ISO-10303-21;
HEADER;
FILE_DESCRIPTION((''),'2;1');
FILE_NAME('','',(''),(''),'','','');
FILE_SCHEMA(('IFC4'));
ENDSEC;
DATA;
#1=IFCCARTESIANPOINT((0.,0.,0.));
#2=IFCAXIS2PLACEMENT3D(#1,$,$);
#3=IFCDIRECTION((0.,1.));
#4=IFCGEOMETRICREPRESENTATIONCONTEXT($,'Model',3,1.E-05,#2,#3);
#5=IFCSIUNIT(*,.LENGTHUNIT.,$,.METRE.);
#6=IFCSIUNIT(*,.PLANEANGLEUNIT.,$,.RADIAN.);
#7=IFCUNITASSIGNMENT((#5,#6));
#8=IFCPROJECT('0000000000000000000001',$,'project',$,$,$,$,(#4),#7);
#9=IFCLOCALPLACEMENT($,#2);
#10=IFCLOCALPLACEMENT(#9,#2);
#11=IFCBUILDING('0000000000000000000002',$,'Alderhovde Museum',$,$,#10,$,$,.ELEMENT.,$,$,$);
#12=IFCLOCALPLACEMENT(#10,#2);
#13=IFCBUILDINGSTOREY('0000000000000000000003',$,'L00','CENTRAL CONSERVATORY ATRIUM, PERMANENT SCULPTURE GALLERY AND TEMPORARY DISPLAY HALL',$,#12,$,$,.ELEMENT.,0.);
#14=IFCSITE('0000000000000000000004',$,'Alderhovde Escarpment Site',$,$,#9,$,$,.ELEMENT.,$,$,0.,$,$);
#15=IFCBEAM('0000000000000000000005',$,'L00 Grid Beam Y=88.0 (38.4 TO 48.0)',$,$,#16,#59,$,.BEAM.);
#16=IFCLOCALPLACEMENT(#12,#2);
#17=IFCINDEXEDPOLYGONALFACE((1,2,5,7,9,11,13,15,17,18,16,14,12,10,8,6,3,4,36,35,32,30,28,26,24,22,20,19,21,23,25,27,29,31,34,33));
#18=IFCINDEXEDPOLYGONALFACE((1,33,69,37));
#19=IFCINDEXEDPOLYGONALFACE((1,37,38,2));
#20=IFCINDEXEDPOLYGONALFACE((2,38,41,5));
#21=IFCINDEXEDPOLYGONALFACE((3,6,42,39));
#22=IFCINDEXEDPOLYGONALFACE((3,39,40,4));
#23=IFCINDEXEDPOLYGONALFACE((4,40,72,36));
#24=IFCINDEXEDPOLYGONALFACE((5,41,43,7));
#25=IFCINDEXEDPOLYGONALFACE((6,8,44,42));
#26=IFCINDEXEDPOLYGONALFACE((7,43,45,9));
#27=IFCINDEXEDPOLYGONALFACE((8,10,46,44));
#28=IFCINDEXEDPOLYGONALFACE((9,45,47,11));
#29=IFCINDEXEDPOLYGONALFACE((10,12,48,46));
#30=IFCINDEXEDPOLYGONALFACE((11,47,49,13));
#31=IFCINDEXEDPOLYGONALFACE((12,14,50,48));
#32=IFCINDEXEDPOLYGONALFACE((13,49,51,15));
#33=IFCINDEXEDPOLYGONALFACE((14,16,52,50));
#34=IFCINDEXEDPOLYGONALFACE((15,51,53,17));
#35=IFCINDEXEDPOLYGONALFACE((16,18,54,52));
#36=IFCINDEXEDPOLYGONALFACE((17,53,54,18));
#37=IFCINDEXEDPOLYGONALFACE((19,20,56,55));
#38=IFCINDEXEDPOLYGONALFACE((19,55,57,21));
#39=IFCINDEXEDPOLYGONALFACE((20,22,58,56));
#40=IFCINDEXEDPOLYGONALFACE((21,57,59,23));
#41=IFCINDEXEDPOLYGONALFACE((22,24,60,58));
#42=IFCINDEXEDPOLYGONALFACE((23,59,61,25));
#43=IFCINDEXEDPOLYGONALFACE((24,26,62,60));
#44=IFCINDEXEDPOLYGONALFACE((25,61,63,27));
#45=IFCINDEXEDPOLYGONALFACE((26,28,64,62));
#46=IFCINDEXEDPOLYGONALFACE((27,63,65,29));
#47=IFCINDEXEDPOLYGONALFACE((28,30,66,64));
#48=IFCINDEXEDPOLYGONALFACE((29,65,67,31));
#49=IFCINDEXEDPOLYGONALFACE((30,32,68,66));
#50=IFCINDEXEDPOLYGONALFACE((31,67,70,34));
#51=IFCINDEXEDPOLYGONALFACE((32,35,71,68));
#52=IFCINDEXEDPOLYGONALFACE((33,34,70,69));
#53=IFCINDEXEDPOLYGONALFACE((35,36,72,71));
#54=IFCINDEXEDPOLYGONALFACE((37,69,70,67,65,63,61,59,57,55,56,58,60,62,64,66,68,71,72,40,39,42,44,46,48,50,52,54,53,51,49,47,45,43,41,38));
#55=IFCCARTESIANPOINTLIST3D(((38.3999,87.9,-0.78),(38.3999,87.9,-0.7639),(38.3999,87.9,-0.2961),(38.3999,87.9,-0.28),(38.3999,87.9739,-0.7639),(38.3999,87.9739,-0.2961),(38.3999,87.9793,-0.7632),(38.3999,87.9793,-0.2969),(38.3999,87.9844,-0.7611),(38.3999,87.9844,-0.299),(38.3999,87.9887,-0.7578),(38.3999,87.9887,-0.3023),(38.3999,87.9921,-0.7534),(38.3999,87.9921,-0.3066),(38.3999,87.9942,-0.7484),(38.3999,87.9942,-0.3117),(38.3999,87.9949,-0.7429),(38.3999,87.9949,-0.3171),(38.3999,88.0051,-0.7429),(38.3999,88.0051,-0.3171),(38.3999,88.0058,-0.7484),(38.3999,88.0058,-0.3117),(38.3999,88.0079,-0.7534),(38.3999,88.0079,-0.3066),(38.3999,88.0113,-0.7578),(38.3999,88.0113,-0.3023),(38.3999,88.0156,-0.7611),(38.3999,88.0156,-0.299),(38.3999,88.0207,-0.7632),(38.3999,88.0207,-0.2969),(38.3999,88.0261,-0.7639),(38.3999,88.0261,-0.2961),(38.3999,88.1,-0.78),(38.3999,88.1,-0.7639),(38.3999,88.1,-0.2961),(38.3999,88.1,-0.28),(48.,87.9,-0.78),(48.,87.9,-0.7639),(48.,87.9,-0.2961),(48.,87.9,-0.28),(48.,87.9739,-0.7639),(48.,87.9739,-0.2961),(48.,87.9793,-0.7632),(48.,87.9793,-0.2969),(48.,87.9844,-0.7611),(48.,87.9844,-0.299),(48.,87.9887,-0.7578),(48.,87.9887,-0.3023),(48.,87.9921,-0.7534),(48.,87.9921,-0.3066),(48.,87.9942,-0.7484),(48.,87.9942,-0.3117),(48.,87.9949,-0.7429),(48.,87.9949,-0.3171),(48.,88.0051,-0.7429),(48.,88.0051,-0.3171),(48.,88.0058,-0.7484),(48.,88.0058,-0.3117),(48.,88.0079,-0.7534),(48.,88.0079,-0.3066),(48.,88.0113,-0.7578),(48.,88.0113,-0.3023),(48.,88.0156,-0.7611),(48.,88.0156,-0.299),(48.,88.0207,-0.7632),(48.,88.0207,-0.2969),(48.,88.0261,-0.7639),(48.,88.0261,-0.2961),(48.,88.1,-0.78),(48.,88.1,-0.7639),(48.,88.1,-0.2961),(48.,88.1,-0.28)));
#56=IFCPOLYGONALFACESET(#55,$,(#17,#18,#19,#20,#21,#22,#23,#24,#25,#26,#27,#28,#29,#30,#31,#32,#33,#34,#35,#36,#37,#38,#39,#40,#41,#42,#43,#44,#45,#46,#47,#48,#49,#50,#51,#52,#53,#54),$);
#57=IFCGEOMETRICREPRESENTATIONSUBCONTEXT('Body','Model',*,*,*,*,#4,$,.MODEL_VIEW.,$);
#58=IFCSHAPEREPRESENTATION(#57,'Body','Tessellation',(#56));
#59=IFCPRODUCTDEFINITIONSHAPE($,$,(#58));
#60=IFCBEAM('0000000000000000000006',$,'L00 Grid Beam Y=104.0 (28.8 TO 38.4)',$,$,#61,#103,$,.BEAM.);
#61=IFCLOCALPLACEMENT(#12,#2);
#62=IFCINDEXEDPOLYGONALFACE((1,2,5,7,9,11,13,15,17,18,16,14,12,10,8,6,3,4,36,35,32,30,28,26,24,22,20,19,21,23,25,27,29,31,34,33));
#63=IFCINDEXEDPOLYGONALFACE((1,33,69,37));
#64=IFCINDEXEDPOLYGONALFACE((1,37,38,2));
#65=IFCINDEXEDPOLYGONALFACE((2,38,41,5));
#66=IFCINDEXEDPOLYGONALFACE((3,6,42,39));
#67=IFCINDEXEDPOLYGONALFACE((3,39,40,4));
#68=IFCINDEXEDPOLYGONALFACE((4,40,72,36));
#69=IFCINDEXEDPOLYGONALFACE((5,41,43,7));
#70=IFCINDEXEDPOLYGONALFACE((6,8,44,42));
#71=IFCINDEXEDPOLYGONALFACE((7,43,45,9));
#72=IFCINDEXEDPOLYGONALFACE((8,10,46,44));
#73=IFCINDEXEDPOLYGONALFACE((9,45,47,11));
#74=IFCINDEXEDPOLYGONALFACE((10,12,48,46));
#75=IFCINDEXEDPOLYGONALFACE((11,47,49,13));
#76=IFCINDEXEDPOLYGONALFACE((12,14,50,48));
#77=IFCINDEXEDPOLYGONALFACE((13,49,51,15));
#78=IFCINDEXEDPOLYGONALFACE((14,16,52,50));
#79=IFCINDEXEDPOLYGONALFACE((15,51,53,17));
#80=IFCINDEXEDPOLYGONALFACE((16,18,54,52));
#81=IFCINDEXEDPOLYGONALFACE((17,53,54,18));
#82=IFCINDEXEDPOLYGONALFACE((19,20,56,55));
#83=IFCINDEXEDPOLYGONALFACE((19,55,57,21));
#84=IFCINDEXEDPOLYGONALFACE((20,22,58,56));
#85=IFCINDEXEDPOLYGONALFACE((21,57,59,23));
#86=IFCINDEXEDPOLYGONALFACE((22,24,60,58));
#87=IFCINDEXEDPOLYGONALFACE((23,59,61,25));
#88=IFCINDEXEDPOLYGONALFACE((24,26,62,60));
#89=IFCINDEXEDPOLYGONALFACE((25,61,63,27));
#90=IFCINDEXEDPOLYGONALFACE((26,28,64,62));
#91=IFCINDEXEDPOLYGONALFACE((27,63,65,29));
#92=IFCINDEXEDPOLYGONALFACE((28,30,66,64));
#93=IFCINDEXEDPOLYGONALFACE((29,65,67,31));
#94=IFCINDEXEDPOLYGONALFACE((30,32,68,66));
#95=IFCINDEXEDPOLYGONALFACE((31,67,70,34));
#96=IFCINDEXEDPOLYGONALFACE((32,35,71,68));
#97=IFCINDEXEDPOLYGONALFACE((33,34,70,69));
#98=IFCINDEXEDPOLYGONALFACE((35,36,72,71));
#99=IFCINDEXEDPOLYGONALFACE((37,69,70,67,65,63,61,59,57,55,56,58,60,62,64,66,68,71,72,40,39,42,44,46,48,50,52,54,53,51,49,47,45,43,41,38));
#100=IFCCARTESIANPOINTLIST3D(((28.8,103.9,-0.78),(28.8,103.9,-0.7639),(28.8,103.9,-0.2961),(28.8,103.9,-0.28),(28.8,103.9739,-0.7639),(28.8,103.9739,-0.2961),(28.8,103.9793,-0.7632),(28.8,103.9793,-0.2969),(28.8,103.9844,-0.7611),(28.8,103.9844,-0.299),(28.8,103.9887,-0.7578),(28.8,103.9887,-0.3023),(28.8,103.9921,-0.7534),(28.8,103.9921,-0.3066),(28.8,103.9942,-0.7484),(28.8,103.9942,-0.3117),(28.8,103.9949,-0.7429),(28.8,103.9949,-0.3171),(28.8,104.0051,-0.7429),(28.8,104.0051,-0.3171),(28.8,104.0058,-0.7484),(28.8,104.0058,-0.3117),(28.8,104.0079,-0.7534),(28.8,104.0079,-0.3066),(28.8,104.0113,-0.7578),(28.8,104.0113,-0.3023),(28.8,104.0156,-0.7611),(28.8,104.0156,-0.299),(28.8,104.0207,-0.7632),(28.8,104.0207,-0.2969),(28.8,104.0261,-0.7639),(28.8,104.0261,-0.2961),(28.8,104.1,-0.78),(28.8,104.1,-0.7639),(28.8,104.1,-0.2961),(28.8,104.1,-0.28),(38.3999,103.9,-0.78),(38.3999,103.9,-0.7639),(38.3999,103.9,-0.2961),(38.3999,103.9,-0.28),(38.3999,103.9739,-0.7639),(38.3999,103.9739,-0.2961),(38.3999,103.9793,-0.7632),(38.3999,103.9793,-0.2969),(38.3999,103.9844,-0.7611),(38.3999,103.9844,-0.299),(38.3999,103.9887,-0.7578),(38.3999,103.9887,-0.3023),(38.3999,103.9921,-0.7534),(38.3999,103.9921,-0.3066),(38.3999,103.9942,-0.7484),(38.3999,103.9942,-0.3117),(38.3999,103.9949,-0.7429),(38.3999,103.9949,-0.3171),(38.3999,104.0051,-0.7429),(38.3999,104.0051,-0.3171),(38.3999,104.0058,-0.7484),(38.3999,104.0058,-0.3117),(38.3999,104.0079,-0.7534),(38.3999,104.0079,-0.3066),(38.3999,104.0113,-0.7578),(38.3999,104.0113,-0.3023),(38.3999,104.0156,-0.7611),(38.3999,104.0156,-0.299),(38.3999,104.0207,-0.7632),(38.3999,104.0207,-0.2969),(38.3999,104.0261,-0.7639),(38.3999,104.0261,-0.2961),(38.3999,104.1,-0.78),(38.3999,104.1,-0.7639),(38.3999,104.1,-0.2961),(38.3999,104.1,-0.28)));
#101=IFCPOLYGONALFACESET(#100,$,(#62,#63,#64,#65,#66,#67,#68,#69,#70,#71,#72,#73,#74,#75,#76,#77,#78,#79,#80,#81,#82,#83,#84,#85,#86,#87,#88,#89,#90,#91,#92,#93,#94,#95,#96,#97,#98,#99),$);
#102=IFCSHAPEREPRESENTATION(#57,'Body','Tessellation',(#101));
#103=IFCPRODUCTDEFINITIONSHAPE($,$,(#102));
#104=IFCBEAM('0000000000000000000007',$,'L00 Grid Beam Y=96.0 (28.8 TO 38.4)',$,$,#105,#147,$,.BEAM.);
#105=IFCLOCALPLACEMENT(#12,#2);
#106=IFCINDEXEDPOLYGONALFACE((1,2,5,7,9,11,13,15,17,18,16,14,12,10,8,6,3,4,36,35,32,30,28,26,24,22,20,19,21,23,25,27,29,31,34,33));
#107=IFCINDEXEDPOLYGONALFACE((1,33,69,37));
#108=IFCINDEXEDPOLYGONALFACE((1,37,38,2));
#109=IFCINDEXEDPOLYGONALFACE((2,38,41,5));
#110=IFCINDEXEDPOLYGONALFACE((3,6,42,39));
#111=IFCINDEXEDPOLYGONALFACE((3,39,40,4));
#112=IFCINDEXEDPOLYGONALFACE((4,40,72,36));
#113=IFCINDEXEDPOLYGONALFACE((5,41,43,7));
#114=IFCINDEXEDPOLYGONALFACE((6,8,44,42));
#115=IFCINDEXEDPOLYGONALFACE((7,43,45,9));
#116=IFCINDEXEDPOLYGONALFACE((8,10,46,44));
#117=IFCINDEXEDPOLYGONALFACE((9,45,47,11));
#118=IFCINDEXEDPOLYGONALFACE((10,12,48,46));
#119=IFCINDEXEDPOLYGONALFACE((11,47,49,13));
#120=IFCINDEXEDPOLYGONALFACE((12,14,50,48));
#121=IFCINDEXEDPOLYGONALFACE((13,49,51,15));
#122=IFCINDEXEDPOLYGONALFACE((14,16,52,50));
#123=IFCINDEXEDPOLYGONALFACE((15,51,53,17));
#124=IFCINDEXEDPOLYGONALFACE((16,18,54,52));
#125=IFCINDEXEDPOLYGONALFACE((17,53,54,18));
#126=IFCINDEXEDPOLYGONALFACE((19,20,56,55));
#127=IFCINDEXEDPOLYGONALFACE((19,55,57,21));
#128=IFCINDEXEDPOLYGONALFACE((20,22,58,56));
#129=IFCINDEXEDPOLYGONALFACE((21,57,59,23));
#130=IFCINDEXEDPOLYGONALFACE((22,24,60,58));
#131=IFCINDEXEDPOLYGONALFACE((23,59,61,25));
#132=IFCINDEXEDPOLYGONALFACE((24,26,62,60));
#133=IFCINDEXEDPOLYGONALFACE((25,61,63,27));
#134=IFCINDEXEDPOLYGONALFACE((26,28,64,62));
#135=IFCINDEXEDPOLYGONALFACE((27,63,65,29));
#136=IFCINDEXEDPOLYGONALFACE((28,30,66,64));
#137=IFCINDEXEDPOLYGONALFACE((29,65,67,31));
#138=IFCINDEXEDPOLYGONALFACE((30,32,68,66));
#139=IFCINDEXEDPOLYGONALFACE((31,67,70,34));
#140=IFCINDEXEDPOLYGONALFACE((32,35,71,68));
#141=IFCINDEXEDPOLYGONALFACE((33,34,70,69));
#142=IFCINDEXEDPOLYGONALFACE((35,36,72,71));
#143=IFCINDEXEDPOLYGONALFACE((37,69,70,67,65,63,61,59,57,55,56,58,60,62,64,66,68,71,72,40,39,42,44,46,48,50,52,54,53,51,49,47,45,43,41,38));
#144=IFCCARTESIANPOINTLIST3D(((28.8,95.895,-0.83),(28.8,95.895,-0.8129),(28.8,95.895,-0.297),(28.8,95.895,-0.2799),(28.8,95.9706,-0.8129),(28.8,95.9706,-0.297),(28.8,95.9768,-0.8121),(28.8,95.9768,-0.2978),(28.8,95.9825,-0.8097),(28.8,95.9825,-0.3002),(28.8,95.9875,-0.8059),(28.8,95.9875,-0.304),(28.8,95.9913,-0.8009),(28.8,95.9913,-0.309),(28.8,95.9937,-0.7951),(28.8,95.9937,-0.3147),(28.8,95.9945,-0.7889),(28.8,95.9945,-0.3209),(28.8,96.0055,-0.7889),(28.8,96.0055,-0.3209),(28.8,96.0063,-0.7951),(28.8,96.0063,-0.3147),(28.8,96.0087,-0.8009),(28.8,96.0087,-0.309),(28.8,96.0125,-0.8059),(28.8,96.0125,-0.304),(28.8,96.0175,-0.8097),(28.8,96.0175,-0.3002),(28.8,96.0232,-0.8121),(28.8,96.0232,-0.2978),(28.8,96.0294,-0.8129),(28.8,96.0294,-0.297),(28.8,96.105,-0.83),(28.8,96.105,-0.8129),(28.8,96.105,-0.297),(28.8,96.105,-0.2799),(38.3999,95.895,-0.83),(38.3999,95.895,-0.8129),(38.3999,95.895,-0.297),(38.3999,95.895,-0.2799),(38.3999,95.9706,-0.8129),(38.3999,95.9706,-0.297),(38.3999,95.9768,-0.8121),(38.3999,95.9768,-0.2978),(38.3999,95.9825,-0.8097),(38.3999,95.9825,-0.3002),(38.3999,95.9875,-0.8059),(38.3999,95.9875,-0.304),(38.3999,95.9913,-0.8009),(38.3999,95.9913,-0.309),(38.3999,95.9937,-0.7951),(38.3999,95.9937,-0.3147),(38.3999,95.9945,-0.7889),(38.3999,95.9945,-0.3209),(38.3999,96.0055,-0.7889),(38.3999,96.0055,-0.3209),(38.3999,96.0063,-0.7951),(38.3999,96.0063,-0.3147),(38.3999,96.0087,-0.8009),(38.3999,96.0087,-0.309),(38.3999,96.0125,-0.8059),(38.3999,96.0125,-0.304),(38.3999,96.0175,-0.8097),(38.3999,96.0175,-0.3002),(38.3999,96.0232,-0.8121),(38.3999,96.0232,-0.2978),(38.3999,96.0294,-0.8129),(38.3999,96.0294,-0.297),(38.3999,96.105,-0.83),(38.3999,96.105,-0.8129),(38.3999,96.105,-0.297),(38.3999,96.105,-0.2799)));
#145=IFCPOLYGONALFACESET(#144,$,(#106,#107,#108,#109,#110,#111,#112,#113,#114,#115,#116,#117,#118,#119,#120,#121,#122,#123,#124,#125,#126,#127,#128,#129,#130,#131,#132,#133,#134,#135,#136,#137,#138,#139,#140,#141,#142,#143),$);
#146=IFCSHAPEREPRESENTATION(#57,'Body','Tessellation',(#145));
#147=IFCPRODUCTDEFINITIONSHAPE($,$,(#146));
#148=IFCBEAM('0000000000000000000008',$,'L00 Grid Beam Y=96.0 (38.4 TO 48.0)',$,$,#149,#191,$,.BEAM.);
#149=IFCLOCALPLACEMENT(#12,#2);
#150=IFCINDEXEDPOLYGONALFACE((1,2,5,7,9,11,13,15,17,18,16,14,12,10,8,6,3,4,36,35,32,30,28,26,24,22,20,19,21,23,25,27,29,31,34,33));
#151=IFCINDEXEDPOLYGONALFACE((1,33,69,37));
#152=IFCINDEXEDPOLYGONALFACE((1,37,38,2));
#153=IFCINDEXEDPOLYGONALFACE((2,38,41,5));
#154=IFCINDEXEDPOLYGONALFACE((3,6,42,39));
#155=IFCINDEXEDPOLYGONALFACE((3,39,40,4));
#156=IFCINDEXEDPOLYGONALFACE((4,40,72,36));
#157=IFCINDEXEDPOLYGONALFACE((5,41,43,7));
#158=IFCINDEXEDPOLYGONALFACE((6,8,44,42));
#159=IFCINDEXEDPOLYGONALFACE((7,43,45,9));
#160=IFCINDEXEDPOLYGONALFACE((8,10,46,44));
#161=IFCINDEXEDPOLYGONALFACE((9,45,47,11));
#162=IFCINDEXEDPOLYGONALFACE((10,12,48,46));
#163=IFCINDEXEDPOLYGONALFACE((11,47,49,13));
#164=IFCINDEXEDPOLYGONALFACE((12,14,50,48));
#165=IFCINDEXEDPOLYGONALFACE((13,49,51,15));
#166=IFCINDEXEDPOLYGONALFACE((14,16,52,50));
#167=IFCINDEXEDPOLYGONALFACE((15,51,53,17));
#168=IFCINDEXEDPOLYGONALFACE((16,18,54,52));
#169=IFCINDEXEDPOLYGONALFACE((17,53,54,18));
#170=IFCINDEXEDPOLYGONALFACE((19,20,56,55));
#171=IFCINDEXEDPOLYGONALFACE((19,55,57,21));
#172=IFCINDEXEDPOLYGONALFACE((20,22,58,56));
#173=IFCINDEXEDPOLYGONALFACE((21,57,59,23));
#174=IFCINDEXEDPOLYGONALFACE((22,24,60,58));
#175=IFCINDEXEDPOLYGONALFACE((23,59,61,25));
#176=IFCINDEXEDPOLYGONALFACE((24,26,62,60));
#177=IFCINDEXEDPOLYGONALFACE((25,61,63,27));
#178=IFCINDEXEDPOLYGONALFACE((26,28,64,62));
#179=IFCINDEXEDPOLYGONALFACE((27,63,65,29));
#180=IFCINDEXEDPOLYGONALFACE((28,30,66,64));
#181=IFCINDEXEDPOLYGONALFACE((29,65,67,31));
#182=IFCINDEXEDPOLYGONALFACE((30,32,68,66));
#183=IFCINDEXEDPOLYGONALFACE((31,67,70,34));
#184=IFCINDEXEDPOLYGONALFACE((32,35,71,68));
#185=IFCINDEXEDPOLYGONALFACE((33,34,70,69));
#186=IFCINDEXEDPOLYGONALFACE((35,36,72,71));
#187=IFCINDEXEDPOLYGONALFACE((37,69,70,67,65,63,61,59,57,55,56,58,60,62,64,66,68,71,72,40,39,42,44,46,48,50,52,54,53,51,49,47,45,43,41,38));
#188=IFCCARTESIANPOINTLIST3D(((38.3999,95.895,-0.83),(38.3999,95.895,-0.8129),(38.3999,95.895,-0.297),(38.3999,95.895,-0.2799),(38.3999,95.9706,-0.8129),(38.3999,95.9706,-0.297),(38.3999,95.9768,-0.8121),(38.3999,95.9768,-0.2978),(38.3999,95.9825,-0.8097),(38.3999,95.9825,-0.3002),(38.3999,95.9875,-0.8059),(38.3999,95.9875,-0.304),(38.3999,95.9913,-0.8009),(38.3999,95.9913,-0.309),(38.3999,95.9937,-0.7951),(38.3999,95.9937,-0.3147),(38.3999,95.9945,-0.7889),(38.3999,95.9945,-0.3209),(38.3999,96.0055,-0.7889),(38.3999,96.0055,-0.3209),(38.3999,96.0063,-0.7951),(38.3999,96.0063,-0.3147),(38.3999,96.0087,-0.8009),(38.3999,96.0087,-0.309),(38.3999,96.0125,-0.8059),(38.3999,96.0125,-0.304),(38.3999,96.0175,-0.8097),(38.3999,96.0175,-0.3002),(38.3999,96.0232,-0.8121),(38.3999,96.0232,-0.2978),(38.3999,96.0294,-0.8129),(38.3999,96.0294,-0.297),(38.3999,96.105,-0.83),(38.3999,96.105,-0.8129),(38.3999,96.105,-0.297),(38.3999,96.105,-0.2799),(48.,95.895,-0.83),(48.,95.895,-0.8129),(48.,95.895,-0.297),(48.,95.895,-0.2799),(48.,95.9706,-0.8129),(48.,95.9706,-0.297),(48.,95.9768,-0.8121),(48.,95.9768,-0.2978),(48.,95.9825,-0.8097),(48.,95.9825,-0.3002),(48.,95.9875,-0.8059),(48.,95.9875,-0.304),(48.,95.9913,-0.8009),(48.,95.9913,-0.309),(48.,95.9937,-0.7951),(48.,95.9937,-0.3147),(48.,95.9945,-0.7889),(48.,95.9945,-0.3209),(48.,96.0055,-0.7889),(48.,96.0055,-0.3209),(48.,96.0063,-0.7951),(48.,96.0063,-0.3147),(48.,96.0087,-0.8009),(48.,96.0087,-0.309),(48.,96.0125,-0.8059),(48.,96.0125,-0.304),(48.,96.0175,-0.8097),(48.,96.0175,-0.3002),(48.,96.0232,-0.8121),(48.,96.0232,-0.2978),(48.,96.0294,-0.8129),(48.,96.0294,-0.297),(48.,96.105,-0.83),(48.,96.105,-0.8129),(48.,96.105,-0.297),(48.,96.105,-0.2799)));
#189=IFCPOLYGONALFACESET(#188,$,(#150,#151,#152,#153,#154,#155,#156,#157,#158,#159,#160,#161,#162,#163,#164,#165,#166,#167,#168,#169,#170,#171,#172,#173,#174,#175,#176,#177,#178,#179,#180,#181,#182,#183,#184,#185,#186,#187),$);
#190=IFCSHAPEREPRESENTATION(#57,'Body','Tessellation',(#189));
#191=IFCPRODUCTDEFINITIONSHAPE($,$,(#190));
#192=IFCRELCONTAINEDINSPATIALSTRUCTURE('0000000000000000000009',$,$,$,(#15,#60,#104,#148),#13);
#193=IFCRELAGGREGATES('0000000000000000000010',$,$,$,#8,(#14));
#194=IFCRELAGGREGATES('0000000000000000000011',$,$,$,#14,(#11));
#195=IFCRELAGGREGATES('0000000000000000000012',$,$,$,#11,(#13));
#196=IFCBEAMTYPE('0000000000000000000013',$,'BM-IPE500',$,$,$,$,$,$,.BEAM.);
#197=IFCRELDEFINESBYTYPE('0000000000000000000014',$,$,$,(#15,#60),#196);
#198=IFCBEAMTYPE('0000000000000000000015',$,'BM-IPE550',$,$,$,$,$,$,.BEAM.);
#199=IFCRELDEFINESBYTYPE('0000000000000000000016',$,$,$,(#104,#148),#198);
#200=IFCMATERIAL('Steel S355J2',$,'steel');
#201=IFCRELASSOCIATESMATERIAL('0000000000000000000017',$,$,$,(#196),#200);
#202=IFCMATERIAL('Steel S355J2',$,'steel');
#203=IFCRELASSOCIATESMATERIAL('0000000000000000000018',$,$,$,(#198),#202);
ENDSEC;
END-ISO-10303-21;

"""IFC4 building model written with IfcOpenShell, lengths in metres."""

from ifc_helpers import new_model, si_unit, direction, frame, origin, origin_2d, place, context, subcontext, project, spatial, i_section, extrude, material, material_profile, profile_set, type_object, element, save


model = new_model("IFC4")

# Units and contexts
model_context = context("Model", 3, precision=1e-05, world=origin(), true_north=direction((0.0, 1.0)))
body_context = subcontext(model_context, "Body", "Model", "MODEL_VIEW")
ifc_project = project(units=[si_unit("LENGTHUNIT", "METRE"), si_unit("PLANEANGLEUNIT", "RADIAN")], contexts=[model_context])

# Site, building, storey
site_placement = place(None, origin())
site = spatial("IfcSite", under=ifc_project, at=site_placement, Name="Alderhovde Escarpment Site", CompositionType="ELEMENT", RefElevation=0.0)
building_placement = place(site_placement, origin())
building = spatial("IfcBuilding", under=site, at=building_placement, Name="Alderhovde Museum", CompositionType="ELEMENT")
storey_placement = place(building_placement, origin())
storey = spatial("IfcBuildingStorey", under=building, at=storey_placement, Name="L00", Description="CENTRAL CONSERVATORY ATRIUM, PERMANENT SCULPTURE GALLERY AND TEMPORARY DISPLAY HALL", CompositionType="ELEMENT", Elevation=0.0)

# Beams
ifc_material_1 = material(Name="Steel S355J2", Category="steel")
ifc_material_profile_1 = material_profile(ifc_material_1, i_section(OverallWidth=0.2, OverallDepth=0.5, WebThickness=0.0103, FlangeThickness=0.0161, FilletRadius=0.021, at=origin_2d()), Name="IPE 500")
ifc_profile_set_1 = profile_set([ifc_material_profile_1], Name="Steel S355J2")
beam_type_1 = type_object("IfcBeamType", Name="BM-IPE500", PredefinedType="BEAM", material=ifc_profile_set_1)
beam_1_placement = place(storey_placement, frame((38.3999, 88.0, -0.53), z_axis=(1.0, 0.0, 0.0), x_axis=(0.0, 1.0, 0.0)))
element("IfcBeam", 1, at=beam_1_placement, inside=storey, type_object=beam_type_1, Name="L00 Grid Beam Y=88.0 (38.4 TO 48.0)", PredefinedType="BEAM", context=body_context, shape_type="SweptSolid", body=[
    extrude(i_section(OverallWidth=0.2, OverallDepth=0.5, WebThickness=0.0103, FlangeThickness=0.0161, FilletRadius=0.021, at=origin_2d()), origin(), (0.0, 0.0, 1.0), 9.6001),
])
beam_2_placement = place(storey_placement, frame((28.8, 104.0, -0.53), z_axis=(1.0, 0.0, 0.0), x_axis=(0.0, 1.0, 0.0)))
element("IfcBeam", 2, at=beam_2_placement, inside=storey, type_object=beam_type_1, Name="L00 Grid Beam Y=104.0 (28.8 TO 38.4)", PredefinedType="BEAM", context=body_context, shape_type="SweptSolid", body=[
    extrude(i_section(OverallWidth=0.2, OverallDepth=0.5, WebThickness=0.0103, FlangeThickness=0.0161, FilletRadius=0.021, at=origin_2d()), origin(), (0.0, 0.0, 1.0), 9.5999),
])
ifc_material_2 = material(Name="Steel S355J2", Category="steel")
ifc_material_profile_2 = material_profile(ifc_material_2, i_section(OverallWidth=0.21, OverallDepth=0.55, WebThickness=0.011, FlangeThickness=0.0171, FilletRadius=0.0239, at=origin_2d()), Name="IPE 550")
ifc_profile_set_2 = profile_set([ifc_material_profile_2], Name="Steel S355J2")
beam_type_2 = type_object("IfcBeamType", Name="BM-IPE550", PredefinedType="BEAM", material=ifc_profile_set_2)
beam_3_placement = place(storey_placement, frame((28.8, 96.0, -0.5549), z_axis=(1.0, 0.0, 0.0), x_axis=(0.0, 1.0, 0.0)))
element("IfcBeam", 3, at=beam_3_placement, inside=storey, type_object=beam_type_2, Name="L00 Grid Beam Y=96.0 (28.8 TO 38.4)", PredefinedType="BEAM", context=body_context, shape_type="SweptSolid", body=[
    extrude(i_section(OverallWidth=0.21, OverallDepth=0.55, WebThickness=0.011, FlangeThickness=0.0171, FilletRadius=0.0239, at=origin_2d()), origin(), (0.0, 0.0, 1.0), 9.5999),
])
beam_4_placement = place(storey_placement, frame((38.3999, 96.0, -0.5549), z_axis=(1.0, 0.0, 0.0), x_axis=(0.0, 1.0, 0.0)))
element("IfcBeam", 4, at=beam_4_placement, inside=storey, type_object=beam_type_2, Name="L00 Grid Beam Y=96.0 (38.4 TO 48.0)", PredefinedType="BEAM", context=body_context, shape_type="SweptSolid", body=[
    extrude(i_section(OverallWidth=0.21, OverallDepth=0.55, WebThickness=0.011, FlangeThickness=0.0171, FilletRadius=0.0239, at=origin_2d()), origin(), (0.0, 0.0, 1.0), 9.6001),
])

save(model, "model.ifc")
